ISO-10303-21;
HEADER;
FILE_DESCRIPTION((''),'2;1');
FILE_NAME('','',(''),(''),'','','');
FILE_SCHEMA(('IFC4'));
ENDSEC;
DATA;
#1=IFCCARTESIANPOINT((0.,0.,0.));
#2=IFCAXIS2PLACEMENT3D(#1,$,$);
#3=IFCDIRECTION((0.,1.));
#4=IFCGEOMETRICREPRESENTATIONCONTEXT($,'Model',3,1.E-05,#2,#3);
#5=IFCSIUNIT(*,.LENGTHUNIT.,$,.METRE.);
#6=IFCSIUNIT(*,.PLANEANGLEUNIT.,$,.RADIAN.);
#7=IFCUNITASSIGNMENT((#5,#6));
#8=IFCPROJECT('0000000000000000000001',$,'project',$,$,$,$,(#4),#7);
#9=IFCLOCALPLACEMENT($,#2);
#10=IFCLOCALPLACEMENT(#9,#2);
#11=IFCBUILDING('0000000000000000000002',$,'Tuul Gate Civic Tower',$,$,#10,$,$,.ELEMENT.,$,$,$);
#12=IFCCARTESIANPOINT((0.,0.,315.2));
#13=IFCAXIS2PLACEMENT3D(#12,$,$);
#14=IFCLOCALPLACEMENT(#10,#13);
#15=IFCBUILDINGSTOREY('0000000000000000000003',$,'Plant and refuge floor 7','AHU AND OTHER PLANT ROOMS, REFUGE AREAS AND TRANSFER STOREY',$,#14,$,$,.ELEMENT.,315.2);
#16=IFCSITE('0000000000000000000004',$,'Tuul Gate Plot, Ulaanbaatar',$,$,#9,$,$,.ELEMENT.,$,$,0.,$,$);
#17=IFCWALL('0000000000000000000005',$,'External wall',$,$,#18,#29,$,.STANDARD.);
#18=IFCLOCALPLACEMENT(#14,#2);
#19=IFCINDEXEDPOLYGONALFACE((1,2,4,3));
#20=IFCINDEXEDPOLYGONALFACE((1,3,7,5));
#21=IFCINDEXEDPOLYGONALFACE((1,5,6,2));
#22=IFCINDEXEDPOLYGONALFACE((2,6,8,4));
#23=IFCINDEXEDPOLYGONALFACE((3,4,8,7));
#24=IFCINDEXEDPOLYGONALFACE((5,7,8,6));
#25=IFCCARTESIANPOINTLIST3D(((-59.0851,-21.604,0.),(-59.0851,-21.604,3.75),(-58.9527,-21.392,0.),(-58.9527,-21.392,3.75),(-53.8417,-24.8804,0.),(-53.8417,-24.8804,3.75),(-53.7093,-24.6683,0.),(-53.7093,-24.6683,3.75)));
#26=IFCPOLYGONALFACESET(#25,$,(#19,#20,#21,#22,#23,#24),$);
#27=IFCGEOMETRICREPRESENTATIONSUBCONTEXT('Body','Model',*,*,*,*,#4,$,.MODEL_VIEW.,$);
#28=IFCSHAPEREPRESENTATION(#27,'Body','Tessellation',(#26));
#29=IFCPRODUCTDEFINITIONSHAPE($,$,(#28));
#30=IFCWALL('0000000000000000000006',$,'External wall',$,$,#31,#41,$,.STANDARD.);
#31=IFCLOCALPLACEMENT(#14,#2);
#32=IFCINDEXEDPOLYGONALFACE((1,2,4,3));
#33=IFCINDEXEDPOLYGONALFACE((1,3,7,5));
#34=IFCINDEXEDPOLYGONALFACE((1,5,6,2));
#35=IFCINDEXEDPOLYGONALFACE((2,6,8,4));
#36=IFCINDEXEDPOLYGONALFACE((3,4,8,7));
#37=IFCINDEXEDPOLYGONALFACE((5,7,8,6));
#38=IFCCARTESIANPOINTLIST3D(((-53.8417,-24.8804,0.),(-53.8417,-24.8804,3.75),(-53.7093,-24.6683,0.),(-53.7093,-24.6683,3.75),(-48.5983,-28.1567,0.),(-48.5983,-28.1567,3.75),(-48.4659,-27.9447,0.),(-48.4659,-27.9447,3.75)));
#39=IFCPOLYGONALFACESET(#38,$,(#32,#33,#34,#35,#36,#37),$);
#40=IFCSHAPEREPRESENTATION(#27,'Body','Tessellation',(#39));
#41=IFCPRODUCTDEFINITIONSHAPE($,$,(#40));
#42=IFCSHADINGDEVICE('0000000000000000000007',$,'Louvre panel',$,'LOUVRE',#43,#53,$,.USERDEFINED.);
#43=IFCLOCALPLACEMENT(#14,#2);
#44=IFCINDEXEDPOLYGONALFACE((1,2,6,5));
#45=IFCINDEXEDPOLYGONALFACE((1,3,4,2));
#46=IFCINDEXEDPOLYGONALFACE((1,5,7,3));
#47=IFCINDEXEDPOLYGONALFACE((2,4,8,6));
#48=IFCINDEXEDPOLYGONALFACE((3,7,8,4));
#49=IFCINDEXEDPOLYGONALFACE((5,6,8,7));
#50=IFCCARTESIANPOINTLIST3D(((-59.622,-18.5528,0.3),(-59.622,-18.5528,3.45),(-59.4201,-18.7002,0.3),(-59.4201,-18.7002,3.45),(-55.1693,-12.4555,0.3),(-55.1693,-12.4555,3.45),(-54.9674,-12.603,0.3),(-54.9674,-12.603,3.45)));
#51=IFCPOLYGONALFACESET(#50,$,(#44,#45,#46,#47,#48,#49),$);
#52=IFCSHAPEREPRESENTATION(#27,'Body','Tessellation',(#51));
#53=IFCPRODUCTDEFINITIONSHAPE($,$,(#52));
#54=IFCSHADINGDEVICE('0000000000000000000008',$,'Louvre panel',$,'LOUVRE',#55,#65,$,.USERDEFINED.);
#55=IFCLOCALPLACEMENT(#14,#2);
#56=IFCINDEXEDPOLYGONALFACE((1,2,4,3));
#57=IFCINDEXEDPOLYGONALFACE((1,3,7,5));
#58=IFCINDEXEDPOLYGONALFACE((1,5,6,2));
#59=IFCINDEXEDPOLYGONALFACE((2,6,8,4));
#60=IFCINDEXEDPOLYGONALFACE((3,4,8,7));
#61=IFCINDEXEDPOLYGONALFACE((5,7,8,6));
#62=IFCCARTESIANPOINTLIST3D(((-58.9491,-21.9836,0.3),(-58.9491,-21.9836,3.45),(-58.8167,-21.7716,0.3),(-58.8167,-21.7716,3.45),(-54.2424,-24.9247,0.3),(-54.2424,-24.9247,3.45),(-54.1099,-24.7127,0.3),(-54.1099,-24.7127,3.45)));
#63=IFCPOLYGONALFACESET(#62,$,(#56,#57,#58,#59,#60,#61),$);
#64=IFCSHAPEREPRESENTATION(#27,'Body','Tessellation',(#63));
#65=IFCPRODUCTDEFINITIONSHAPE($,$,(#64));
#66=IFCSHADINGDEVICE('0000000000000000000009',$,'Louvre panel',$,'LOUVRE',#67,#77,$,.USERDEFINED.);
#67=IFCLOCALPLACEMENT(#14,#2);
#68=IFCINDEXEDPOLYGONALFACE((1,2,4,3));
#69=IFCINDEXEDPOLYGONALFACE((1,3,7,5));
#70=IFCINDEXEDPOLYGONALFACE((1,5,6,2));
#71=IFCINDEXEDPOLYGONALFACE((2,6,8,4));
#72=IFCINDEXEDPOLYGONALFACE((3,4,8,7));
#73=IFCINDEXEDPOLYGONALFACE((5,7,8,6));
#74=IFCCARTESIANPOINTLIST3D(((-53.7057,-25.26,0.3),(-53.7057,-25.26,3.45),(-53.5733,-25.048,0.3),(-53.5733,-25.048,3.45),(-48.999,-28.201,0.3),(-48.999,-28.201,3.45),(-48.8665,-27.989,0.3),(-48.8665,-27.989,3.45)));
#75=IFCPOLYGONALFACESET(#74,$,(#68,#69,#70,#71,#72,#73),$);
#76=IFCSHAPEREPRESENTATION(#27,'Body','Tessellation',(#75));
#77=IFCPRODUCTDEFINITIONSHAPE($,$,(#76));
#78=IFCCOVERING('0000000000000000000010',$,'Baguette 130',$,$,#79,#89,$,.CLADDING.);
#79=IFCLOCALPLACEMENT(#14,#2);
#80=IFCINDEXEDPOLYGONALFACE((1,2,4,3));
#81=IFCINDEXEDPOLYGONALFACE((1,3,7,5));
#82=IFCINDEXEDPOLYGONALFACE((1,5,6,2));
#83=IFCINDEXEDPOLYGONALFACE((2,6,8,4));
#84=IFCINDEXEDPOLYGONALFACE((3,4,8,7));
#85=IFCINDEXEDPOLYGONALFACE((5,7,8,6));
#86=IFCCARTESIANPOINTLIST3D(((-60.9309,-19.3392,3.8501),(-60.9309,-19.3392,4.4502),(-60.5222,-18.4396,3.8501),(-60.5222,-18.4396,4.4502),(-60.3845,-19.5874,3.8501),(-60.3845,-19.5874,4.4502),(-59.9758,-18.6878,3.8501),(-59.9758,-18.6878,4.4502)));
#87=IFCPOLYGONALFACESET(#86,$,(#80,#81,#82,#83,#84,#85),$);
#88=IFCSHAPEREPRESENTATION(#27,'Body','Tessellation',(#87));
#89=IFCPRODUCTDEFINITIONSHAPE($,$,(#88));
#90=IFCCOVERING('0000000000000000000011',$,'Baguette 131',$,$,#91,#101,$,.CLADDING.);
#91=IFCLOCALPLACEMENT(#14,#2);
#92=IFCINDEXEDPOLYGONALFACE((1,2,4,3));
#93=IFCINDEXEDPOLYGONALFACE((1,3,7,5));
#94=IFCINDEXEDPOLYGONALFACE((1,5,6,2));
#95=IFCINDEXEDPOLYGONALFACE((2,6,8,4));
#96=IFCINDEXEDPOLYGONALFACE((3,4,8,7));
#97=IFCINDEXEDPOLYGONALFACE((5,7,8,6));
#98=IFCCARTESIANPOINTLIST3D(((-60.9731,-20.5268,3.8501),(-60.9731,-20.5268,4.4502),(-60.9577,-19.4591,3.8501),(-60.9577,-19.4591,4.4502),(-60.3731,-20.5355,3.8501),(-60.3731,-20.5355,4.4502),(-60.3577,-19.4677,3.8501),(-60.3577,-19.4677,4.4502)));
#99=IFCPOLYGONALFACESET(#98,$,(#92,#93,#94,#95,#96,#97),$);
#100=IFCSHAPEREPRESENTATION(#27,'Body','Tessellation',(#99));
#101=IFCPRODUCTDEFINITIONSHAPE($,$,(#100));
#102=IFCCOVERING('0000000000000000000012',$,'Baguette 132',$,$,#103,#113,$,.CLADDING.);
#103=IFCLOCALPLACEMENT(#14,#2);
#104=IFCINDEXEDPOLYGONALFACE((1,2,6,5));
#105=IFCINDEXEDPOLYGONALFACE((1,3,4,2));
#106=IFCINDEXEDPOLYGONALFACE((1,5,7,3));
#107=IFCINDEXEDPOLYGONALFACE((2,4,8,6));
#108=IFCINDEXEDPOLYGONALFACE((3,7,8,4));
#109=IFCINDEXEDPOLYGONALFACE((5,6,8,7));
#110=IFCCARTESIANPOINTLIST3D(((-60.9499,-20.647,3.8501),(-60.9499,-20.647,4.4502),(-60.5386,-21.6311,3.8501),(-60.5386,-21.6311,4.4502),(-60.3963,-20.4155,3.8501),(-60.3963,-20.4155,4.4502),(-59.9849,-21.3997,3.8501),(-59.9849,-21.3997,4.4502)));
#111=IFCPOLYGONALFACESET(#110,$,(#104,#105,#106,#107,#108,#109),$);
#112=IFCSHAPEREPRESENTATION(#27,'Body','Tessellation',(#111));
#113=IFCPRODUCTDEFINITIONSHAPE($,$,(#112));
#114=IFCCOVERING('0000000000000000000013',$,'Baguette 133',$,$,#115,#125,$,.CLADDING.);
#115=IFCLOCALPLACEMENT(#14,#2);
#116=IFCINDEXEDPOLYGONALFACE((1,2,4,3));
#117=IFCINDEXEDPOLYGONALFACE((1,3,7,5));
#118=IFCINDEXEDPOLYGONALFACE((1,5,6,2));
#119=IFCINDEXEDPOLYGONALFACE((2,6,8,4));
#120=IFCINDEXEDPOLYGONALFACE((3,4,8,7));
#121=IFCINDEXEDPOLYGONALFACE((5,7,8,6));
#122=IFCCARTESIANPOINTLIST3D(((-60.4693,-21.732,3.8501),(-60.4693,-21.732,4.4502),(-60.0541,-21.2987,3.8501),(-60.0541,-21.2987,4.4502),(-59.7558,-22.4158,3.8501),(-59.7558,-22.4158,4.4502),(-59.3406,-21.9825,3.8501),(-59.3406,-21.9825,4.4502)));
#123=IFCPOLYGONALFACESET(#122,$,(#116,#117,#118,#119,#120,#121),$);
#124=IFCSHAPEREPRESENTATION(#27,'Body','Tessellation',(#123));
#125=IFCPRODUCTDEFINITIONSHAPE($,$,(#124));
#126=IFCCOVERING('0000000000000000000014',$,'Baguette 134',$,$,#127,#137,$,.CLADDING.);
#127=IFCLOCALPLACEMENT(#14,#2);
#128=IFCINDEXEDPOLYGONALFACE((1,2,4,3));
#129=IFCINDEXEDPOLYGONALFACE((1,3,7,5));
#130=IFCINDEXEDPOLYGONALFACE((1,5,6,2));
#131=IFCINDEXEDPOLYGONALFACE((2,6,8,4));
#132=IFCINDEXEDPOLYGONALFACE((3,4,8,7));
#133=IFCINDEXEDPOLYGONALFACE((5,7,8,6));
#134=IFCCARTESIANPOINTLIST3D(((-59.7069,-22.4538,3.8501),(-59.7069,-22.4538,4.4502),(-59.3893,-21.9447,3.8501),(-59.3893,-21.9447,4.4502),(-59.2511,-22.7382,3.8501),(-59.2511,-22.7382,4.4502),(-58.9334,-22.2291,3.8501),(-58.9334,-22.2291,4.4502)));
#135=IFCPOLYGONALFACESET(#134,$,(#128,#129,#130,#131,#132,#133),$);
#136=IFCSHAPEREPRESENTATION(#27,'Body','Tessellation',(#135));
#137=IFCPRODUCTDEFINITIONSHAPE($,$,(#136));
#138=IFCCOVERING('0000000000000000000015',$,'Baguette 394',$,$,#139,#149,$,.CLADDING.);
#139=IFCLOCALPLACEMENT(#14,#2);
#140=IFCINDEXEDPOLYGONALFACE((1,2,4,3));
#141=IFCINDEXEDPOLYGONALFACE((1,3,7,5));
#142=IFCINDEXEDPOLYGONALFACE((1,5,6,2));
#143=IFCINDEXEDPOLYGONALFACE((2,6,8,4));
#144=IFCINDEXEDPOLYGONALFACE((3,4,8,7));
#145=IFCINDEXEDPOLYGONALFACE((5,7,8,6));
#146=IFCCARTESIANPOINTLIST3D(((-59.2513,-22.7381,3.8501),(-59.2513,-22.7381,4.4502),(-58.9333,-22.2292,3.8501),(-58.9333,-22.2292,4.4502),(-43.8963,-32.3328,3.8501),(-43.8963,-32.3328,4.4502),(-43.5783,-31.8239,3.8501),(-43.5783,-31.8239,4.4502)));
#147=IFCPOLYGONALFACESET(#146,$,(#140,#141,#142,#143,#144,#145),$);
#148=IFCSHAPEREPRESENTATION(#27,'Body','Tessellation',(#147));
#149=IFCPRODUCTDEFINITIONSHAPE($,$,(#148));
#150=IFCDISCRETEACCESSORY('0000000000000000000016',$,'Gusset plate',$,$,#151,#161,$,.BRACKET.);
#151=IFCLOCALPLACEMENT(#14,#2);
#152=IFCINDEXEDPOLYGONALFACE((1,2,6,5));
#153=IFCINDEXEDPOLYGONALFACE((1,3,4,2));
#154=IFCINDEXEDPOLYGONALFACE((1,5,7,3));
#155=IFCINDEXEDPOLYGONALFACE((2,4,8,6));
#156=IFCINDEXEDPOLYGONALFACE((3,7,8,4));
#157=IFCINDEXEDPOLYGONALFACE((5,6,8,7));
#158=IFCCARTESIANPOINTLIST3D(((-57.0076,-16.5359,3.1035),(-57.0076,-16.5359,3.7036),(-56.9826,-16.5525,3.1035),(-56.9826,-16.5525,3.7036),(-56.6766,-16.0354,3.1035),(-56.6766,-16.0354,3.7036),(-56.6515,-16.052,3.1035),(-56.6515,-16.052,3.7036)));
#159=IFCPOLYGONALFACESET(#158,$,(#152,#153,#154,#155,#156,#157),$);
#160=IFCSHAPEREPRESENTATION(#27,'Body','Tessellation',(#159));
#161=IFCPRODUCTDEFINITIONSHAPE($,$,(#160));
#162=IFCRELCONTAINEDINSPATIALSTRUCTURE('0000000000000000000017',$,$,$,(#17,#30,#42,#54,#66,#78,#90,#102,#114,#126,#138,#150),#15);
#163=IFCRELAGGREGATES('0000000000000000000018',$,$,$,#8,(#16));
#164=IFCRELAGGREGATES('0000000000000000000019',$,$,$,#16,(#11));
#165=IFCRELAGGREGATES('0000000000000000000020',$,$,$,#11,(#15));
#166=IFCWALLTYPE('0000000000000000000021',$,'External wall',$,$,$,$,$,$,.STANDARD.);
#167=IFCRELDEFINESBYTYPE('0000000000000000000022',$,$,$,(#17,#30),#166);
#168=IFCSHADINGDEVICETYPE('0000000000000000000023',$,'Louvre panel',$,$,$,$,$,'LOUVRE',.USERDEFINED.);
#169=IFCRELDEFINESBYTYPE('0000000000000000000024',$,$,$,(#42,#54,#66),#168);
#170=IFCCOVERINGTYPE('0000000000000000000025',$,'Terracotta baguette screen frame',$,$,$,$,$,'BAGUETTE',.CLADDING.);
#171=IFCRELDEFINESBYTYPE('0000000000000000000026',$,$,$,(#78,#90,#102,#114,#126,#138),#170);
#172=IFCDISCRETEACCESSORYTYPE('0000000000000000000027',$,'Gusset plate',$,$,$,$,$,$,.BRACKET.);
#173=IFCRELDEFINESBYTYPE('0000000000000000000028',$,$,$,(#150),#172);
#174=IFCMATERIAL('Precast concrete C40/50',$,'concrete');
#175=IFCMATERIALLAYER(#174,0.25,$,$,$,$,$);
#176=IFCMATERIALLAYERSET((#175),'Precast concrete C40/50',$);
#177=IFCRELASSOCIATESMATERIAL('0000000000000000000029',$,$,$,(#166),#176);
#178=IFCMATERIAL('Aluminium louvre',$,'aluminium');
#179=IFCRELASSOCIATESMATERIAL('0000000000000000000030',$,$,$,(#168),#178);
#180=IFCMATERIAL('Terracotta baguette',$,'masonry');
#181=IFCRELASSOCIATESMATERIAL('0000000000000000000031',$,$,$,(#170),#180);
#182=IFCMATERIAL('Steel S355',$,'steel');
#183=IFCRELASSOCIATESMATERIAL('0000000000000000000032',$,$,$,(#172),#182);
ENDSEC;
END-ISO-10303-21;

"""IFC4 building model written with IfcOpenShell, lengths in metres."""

from ifc_helpers import new_model, si_unit, direction, frame, frame_2d, origin, origin_2d, place, context, subcontext, project, spatial, rectangle, extrude, material, layer, layer_set, material_profile, profile_set, type_object, element, save


model = new_model("IFC4")

# Units and contexts
model_context = context("Model", 3, precision=1e-05, world=origin(), true_north=direction((0.0, 1.0)))
body_context = subcontext(model_context, "Body", "Model", "MODEL_VIEW")
ifc_project = project(units=[si_unit("LENGTHUNIT", "METRE"), si_unit("PLANEANGLEUNIT", "RADIAN")], contexts=[model_context])

# Site, building, storey
site_placement = place(None, origin())
site = spatial("IfcSite", under=ifc_project, at=site_placement, Name="Tuul Gate Plot, Ulaanbaatar", CompositionType="ELEMENT", RefElevation=0.0)
building_placement = place(site_placement, origin())
building = spatial("IfcBuilding", under=site, at=building_placement, Name="Tuul Gate Civic Tower", CompositionType="ELEMENT")
storey_placement = place(building_placement, frame((0.0, 0.0, 315.2)))
storey = spatial("IfcBuildingStorey", under=building, at=storey_placement, Name="Plant and refuge floor 7", Description="AHU AND OTHER PLANT ROOMS, REFUGE AREAS AND TRANSFER STOREY", CompositionType="ELEMENT", Elevation=315.2)

# Walls
ifc_material_1 = material(Name="Precast concrete C40/50", Category="concrete")
ifc_layer = layer(ifc_material_1, 0.25)
ifc_layer_set = layer_set([ifc_layer], Name="Precast concrete C40/50")
wall_type = type_object("IfcWallType", Name="External wall", PredefinedType="STANDARD", material=ifc_layer_set)
for number, where, z_axis, x_axis, name in (
    (1, (-59.0188, -21.498, 0.0), (0.0, 0.0, 1.0), (0.848054, -0.52991, 0.0), "External wall"),
    (2, (-53.7754, -24.7744, 0.0), (0.0, 0.0, 1.0), (0.848054, -0.52991, 0.0), "External wall"),
):
    element("IfcWall", number, at=place(storey_placement, frame(where, z_axis=z_axis, x_axis=x_axis)), inside=storey, type_object=wall_type, Name=name, PredefinedType="STANDARD", context=body_context, shape_type="SweptSolid", body=[
        extrude(rectangle(XDim=6.1829, YDim=0.25, at=frame_2d((3.0913, 0.0))), origin(), (0.0, 0.0, 1.0), 3.75),
    ])

# Shading devices
ifc_material_2 = material(Name="Aluminium louvre", Category="aluminium")
shading_device_type = type_object("IfcShadingDeviceType", Name="Louvre panel", ElementType="LOUVRE", PredefinedType="USERDEFINED", material=ifc_material_2)
shading_device_placement = place(storey_placement, frame((-57.2947, -15.5779, 0.3), z_axis=(0.0, 0.0, 1.0), x_axis=(-0.807578, 0.58976, 0.0)))
element("IfcShadingDevice", 3, at=shading_device_placement, inside=storey, type_object=shading_device_type, Name="Louvre panel", ObjectType="LOUVRE", PredefinedType="USERDEFINED", context=body_context, shape_type="SweptSolid", body=[
    extrude(rectangle(XDim=0.25, YDim=7.55, at=origin_2d()), origin(), (0.0, 0.0, 1.0), 3.1499),
])
for number, where, z_axis, x_axis, name in (
    (4, (-56.5295, -23.3481, 0.3), (0.0, 0.0, 1.0), (-0.529912, -0.848053, 0.0), "Louvre panel"),
    (5, (-51.2861, -26.6245, 0.3), (0.0, 0.0, 1.0), (-0.529912, -0.848053, 0.0), "Louvre panel"),
):
    element("IfcShadingDevice", number, at=place(storey_placement, frame(where, z_axis=z_axis, x_axis=x_axis)), inside=storey, type_object=shading_device_type, Name=name, ObjectType="LOUVRE", PredefinedType="USERDEFINED", context=body_context, shape_type="SweptSolid", body=[
        extrude(rectangle(XDim=0.25, YDim=5.55, at=origin_2d()), origin(), (0.0, 0.0, 1.0), 3.1499),
    ])

# Coverings
ifc_material_3 = material(Name="Terracotta baguette", Category="masonry")
ifc_material_profile_1 = material_profile(ifc_material_3, rectangle(XDim=0.6001, YDim=0.6001, at=origin_2d()), Name="Terracotta baguette screen frame")
ifc_profile_set_1 = profile_set([ifc_material_profile_1], Name="Terracotta baguette")
covering_type = type_object("IfcCoveringType", Name="Terracotta baguette screen frame", ElementType="BAGUETTE", PredefinedType="CLADDING", material=ifc_profile_set_1)
covering_1_placement = place(storey_placement, frame((-60.249, -18.5637, 4.1501), z_axis=(-0.413598, -0.91046, 0.0), x_axis=(0.91046, -0.413598, 0.0)))
element("IfcCovering", 6, at=covering_1_placement, inside=storey, type_object=covering_type, Name="Baguette 130", PredefinedType="CLADDING", context=body_context, shape_type="SweptSolid", body=[
    extrude(rectangle(XDim=0.6001, YDim=0.6001, at=origin_2d()), origin(), (0.0, 0.0, 1.0), 0.988),
])
covering_2_placement = place(storey_placement, frame((-60.6577, -19.4634, 4.1501), z_axis=(-0.014402, -0.999896, 0.0), x_axis=(0.999896, -0.014402, 0.0)))
element("IfcCovering", 7, at=covering_2_placement, inside=storey, type_object=covering_type, Name="Baguette 131", PredefinedType="CLADDING", context=body_context, shape_type="SweptSolid", body=[
    extrude(rectangle(XDim=0.6001, YDim=0.6001, at=origin_2d()), origin(), (0.0, 0.0, 1.0), 1.0679),
])
covering_3_placement = place(storey_placement, frame((-60.6731, -20.5312, 4.1501), z_axis=(0.385672, -0.922636, 0.0), x_axis=(0.922636, 0.385672, 0.0)))
element("IfcCovering", 8, at=covering_3_placement, inside=storey, type_object=covering_type, Name="Baguette 132", PredefinedType="CLADDING", context=body_context, shape_type="SweptSolid", body=[
    extrude(rectangle(XDim=0.6001, YDim=0.6001, at=origin_2d()), origin(), (0.0, 0.0, 1.0), 1.0667),
])
covering_4_placement = place(storey_placement, frame((-60.2617, -21.5154, 4.1501), z_axis=(0.722014, -0.691879, 0.0), x_axis=(0.691879, 0.722014, 0.0)))
element("IfcCovering", 9, at=covering_4_placement, inside=storey, type_object=covering_type, Name="Baguette 133", PredefinedType="CLADDING", context=body_context, shape_type="SweptSolid", body=[
    extrude(rectangle(XDim=0.6001, YDim=0.6001, at=origin_2d()), origin(), (0.0, 0.0, 1.0), 0.9883),
])
covering_5_placement = place(storey_placement, frame((-59.5481, -22.1992, 4.1501), z_axis=(0.848381, -0.529386, 0.0), x_axis=(0.529386, 0.848381, 0.0)))
element("IfcCovering", 10, at=covering_5_placement, inside=storey, type_object=covering_type, Name="Baguette 134", PredefinedType="CLADDING", context=body_context, shape_type="SweptSolid", body=[
    extrude(rectangle(XDim=0.6001, YDim=0.6001, at=origin_2d()), origin(), (0.0, 0.0, 1.0), 0.5374),
])
covering_6_placement = place(storey_placement, frame((-59.0923, -22.4836, 4.1501), z_axis=(0.848051, -0.529914, 0.0), x_axis=(0.529914, 0.848051, 0.0)))
element("IfcCovering", 11, at=covering_6_placement, inside=storey, type_object=covering_type, Name="Baguette 394", PredefinedType="CLADDING", context=body_context, shape_type="SweptSolid", body=[
    extrude(rectangle(XDim=0.6001, YDim=0.6001, at=origin_2d()), origin(), (0.0, 0.0, 1.0), 18.1062),
])

# Discrete accessory
ifc_material_4 = material(Name="Steel S355", Category="steel")
discrete_accessory_type = type_object("IfcDiscreteAccessoryType", Name="Gusset plate", PredefinedType="BRACKET", material=ifc_material_4)
discrete_accessory_placement = place(storey_placement, frame((-56.8296, -16.2939, 3.1035), z_axis=(0.0, 0.0, 1.0), x_axis=(0.551645, 0.834079, 0.0)))
element("IfcDiscreteAccessory", 12, at=discrete_accessory_placement, inside=storey, type_object=discrete_accessory_type, Name="Gusset plate", PredefinedType="BRACKET", context=body_context, shape_type="SweptSolid", body=[
    extrude(rectangle(XDim=0.6001, YDim=0.03, at=origin_2d()), origin(), (0.0, 0.0, 1.0), 0.6001),
])

save(model, "model.ifc")
